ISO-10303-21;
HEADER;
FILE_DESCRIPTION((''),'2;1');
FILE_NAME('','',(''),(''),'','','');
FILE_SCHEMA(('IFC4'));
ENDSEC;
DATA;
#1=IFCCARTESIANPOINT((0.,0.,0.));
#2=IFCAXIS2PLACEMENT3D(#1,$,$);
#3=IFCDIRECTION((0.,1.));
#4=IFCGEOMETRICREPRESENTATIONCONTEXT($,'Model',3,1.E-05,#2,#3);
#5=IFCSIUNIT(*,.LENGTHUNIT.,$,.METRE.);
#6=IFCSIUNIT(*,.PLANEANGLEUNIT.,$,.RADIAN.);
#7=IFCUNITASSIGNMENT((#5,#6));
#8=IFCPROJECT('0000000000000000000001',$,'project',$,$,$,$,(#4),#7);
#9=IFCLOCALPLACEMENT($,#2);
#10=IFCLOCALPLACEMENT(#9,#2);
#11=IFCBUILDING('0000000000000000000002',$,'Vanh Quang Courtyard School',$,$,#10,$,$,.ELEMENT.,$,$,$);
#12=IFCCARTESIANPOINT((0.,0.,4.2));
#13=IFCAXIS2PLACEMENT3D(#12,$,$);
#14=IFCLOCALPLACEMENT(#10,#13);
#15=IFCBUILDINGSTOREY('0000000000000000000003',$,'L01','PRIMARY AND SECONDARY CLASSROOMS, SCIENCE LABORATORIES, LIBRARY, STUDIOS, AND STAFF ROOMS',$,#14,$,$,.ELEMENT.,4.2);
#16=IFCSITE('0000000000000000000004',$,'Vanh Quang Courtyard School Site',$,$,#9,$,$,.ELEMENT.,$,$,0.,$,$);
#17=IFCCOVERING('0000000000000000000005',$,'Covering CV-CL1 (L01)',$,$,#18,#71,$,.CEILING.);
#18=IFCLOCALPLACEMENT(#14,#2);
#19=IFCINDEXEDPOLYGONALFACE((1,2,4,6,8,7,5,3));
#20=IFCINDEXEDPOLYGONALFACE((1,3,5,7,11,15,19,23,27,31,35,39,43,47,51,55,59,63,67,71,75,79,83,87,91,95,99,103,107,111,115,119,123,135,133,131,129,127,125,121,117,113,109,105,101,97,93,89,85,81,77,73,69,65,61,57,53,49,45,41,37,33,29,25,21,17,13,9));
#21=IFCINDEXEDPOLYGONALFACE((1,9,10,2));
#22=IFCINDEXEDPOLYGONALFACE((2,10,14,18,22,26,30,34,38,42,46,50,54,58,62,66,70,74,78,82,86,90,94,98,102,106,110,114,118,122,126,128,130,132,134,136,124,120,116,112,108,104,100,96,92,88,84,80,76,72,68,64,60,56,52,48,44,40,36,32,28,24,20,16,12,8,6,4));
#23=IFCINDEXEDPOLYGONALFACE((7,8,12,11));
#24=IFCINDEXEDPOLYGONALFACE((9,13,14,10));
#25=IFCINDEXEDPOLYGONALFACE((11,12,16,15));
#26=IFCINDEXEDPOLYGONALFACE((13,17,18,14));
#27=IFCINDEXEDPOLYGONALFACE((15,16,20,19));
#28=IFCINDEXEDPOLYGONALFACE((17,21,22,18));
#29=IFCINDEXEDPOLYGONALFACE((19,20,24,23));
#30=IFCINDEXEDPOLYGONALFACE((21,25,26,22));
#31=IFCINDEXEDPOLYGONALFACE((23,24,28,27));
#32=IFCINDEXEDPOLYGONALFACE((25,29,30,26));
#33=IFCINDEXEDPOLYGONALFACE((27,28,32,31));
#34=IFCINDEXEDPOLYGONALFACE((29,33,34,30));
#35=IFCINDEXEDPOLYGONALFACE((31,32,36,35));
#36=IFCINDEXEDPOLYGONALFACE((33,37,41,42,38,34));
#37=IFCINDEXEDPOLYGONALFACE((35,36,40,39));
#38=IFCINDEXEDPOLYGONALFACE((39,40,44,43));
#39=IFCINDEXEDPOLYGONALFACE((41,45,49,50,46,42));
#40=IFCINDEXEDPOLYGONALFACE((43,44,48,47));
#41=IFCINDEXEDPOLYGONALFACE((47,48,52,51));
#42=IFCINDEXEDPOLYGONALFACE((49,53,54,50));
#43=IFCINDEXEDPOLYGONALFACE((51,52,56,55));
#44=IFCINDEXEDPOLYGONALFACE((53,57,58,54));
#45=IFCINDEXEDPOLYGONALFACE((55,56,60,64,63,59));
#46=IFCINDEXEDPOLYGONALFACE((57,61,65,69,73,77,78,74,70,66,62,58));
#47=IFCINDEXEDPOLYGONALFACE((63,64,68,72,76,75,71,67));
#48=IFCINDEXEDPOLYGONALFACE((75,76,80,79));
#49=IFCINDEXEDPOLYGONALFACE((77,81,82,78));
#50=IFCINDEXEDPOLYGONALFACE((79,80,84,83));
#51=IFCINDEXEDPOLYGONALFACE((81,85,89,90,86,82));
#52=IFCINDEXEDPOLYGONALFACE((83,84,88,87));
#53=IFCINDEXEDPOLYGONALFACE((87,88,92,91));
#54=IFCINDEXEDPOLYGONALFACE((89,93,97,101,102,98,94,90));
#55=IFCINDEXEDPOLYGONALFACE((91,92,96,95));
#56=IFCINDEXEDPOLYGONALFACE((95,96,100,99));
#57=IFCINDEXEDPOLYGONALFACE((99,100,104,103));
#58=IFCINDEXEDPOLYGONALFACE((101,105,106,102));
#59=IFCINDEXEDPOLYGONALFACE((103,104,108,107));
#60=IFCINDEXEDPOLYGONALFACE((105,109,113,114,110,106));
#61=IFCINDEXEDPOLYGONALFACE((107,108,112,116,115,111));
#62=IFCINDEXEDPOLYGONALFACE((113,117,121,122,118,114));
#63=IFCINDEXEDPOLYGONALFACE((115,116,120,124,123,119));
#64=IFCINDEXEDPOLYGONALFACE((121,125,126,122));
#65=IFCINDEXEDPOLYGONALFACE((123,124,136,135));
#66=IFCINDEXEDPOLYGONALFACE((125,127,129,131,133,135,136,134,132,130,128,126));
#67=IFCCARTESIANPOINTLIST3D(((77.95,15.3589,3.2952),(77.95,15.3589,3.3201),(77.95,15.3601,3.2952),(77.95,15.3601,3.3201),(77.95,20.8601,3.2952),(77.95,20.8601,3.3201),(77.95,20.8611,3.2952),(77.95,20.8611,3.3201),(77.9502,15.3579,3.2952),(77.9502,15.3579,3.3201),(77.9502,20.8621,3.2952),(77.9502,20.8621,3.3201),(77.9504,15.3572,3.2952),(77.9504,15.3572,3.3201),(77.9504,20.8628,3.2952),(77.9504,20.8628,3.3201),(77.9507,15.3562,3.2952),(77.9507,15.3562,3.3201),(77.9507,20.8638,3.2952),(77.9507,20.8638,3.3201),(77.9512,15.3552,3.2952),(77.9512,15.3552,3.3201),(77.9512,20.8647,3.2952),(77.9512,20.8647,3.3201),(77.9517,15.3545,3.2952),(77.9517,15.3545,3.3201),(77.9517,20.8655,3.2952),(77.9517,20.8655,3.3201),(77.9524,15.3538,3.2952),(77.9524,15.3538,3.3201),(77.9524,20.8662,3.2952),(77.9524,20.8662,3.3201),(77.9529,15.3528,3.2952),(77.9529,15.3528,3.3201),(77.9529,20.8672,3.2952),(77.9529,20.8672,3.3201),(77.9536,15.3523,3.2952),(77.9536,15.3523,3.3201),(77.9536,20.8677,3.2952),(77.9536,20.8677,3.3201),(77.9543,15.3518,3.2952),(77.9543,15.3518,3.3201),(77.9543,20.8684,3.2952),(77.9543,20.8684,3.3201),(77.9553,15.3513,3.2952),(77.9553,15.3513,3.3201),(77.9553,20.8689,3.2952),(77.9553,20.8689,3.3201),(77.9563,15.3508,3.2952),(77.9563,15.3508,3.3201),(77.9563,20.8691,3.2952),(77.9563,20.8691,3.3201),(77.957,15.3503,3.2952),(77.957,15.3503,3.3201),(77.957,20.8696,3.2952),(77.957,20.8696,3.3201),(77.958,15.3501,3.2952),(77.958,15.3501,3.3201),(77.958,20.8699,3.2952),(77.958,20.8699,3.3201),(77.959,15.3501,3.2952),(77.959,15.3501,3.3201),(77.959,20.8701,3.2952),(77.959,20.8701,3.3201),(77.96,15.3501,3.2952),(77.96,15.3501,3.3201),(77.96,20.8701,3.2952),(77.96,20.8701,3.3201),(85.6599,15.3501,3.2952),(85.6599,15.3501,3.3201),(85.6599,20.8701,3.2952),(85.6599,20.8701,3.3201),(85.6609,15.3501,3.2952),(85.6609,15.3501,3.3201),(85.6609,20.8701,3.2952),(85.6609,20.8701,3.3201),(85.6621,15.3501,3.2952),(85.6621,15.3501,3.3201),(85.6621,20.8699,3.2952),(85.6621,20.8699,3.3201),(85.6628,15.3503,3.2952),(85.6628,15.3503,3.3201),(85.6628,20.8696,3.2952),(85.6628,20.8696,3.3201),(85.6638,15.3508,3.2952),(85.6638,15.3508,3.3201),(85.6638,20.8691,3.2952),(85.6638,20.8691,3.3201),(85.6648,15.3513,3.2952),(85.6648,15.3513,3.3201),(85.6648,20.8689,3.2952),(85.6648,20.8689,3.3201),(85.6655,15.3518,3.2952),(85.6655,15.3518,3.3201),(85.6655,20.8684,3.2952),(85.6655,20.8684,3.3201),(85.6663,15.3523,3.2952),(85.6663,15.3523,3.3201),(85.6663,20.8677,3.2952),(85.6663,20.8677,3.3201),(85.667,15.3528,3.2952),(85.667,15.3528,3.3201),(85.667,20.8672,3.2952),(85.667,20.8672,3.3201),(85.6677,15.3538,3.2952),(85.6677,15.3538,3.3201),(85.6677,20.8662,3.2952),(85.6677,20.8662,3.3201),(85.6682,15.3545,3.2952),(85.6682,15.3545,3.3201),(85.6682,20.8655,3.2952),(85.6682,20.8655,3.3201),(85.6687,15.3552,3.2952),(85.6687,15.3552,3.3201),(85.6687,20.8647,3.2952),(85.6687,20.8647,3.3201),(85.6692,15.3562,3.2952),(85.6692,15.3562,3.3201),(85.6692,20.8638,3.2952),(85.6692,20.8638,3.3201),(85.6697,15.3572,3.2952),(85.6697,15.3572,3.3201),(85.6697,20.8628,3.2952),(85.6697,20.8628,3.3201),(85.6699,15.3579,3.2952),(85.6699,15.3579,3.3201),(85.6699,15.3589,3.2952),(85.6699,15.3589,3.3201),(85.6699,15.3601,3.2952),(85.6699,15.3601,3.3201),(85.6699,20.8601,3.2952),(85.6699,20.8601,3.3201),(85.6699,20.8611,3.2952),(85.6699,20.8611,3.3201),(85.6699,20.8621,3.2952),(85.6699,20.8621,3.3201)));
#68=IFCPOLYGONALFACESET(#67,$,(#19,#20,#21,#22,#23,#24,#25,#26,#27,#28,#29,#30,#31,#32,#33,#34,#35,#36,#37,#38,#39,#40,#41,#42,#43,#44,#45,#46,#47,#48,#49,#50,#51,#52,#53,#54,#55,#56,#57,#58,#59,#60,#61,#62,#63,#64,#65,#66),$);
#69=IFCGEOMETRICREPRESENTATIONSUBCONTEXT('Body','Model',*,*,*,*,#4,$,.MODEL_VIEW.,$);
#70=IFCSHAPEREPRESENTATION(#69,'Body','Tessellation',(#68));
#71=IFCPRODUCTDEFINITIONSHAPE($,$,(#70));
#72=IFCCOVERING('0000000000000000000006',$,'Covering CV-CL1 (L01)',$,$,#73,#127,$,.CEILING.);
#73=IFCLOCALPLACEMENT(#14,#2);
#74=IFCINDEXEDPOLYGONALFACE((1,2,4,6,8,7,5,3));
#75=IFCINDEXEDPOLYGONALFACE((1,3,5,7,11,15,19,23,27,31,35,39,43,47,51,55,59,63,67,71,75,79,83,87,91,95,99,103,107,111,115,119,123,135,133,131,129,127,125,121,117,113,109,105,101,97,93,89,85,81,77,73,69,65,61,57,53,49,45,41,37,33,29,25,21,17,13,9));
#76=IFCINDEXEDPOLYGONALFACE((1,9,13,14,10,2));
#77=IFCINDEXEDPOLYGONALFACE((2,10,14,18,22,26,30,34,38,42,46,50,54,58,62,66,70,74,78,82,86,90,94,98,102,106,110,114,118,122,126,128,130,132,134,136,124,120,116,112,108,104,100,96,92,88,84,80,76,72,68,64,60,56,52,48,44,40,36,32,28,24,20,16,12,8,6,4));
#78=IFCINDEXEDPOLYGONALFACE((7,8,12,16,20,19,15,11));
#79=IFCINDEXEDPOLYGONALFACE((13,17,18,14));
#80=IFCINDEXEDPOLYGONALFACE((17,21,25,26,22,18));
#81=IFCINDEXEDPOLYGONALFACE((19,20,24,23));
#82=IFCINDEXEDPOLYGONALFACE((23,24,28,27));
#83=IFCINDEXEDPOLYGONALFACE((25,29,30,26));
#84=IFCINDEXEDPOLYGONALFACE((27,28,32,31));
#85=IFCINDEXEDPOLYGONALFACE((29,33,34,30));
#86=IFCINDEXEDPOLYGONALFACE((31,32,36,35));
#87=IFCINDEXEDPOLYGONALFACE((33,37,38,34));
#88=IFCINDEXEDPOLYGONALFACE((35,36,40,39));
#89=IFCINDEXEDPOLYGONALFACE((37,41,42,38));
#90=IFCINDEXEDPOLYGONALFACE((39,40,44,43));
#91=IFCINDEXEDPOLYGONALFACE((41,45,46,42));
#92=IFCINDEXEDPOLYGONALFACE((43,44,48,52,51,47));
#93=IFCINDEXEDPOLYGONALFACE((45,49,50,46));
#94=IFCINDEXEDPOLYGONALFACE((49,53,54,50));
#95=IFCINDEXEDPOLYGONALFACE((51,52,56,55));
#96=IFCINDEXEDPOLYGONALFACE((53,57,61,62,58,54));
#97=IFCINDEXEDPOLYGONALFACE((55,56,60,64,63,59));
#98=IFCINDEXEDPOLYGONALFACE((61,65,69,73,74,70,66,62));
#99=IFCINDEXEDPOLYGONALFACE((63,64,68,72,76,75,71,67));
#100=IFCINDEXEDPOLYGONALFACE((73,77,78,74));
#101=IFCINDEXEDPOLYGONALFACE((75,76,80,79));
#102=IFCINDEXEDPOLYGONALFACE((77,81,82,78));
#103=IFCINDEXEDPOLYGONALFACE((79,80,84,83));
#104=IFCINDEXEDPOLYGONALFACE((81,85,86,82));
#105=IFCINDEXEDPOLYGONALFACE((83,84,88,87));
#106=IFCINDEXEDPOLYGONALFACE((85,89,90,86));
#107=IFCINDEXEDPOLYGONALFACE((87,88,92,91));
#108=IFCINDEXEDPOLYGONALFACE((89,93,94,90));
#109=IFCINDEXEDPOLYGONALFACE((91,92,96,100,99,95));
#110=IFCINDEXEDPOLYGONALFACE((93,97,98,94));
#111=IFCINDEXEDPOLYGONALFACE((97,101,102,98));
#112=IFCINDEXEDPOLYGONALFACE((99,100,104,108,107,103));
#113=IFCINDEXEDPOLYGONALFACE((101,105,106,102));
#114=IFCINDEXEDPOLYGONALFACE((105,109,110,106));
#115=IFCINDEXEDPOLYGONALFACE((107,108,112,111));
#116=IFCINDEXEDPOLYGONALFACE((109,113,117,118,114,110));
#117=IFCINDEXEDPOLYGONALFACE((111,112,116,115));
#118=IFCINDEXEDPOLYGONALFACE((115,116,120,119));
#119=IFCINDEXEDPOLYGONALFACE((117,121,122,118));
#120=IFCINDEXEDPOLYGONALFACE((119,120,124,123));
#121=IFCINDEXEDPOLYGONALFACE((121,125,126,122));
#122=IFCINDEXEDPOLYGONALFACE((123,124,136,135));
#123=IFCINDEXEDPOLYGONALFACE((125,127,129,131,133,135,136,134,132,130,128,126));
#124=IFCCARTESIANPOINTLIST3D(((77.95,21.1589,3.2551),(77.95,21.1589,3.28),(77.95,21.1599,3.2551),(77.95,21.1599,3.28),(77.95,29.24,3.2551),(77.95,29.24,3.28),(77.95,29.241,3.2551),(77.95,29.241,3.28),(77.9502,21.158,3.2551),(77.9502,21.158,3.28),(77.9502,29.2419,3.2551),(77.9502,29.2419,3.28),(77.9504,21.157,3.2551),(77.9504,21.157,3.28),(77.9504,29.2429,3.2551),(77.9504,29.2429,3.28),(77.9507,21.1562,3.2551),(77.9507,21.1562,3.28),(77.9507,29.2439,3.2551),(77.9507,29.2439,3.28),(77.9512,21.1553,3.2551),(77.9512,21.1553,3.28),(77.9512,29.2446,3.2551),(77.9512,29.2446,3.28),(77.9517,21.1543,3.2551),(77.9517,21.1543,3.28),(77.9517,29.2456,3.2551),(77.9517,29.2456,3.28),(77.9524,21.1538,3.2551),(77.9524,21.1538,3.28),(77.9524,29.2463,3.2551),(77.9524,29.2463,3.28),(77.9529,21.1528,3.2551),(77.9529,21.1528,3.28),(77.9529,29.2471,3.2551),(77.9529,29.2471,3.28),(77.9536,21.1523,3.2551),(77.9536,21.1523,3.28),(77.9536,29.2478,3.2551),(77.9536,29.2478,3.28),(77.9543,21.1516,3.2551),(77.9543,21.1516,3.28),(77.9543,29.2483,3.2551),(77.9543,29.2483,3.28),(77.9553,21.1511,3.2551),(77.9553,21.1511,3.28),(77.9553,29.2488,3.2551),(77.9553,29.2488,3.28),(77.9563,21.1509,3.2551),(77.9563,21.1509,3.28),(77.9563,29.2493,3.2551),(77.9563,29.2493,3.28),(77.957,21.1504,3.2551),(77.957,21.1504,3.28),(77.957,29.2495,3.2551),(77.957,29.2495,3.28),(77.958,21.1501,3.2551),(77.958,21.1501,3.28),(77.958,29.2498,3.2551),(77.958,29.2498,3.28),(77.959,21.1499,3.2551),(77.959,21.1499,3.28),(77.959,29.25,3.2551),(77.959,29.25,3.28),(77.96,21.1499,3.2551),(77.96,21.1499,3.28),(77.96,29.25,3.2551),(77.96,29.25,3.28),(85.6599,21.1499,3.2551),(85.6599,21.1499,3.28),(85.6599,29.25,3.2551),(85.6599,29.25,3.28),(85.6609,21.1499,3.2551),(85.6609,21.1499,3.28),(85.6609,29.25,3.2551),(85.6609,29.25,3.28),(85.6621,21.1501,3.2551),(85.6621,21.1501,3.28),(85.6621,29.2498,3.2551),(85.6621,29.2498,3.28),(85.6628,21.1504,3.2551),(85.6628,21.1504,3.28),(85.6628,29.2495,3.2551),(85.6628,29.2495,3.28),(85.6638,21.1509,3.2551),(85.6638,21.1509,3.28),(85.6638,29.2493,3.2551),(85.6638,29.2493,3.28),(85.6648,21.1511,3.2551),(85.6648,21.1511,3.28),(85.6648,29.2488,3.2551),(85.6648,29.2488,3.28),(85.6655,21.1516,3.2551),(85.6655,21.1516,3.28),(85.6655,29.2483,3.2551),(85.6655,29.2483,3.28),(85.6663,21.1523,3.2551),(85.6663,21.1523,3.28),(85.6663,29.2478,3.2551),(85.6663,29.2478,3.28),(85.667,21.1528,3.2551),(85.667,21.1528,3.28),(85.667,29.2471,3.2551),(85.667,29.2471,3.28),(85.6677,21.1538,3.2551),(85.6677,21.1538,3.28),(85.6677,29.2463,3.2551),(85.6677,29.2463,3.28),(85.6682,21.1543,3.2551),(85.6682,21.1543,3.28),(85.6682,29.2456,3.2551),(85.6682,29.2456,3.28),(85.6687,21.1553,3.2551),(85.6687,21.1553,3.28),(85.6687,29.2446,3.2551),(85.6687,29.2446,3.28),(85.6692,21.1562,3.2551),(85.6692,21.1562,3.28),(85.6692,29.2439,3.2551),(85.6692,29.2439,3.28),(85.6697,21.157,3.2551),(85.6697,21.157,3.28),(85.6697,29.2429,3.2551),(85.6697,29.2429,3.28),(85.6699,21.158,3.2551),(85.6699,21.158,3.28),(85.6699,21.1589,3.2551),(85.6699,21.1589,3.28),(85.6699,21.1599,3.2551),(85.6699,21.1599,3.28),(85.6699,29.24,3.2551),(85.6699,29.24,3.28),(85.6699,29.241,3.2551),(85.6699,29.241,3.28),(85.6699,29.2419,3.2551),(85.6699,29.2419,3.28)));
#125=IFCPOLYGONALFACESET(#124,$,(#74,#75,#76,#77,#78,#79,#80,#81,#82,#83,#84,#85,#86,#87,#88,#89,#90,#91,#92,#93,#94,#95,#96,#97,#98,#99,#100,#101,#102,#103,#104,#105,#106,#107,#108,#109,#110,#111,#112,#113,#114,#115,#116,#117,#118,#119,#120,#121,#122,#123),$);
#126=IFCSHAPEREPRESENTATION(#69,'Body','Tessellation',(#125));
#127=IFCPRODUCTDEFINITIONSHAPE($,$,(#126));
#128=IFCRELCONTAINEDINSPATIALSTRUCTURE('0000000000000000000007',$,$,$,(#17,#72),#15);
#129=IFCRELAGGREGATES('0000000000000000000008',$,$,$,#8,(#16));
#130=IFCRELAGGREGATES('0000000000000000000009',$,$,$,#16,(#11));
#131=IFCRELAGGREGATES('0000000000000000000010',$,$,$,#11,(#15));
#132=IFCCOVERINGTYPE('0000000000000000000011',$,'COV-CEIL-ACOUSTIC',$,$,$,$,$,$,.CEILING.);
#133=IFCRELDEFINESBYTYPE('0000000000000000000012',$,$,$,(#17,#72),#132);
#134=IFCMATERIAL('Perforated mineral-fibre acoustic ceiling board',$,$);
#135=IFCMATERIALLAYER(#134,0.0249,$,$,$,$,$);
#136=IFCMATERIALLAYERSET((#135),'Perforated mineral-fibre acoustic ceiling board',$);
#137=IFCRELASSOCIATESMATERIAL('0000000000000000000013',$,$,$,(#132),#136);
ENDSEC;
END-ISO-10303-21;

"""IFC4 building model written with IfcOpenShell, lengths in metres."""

from ifc_helpers import new_model, si_unit, direction, frame, origin, place, context, subcontext, project, spatial, polyline, outline, extrude, material, layer, layer_set, type_object, element, save


model = new_model("IFC4")

# Units and contexts
model_context = context("Model", 3, precision=1e-05, world=origin(), true_north=direction((0.0, 1.0)))
body_context = subcontext(model_context, "Body", "Model", "MODEL_VIEW")
ifc_project = project(units=[si_unit("LENGTHUNIT", "METRE"), si_unit("PLANEANGLEUNIT", "RADIAN")], contexts=[model_context])

# Site, building, storey
site_placement = place(None, origin())
site = spatial("IfcSite", under=ifc_project, at=site_placement, Name="Vanh Quang Courtyard School Site", CompositionType="ELEMENT", RefElevation=0.0)
building_placement = place(site_placement, origin())
building = spatial("IfcBuilding", under=site, at=building_placement, Name="Vanh Quang Courtyard School", CompositionType="ELEMENT")
storey_placement = place(building_placement, frame((0.0, 0.0, 4.2)))
storey = spatial("IfcBuildingStorey", under=building, at=storey_placement, Name="L01", Description="PRIMARY AND SECONDARY CLASSROOMS, SCIENCE LABORATORIES, LIBRARY, STUDIOS, AND STAFF ROOMS", CompositionType="ELEMENT", Elevation=4.2)

# Coverings
ifc_material_1 = material(Name="Perforated mineral-fibre acoustic ceiling board")
ifc_layer_1 = layer(ifc_material_1, 0.0249)
ifc_layer_set_1 = layer_set([ifc_layer_1], Name="Perforated mineral-fibre acoustic ceiling board")
covering_type_1 = type_object("IfcCoveringType", Name="COV-CEIL-ACOUSTIC", PredefinedType="CEILING", material=ifc_layer_set_1)
covering_1_placement = place(storey_placement, frame((0.0, 0.0, 3.2952)))
element("IfcCovering", 1, at=covering_1_placement, inside=storey, type_object=covering_type_1, Name="Covering CV-CL1 (L01)", PredefinedType="CEILING", context=body_context, shape_type="SweptSolid", body=[
    extrude(outline(polyline([(77.96, 15.3501), (77.959, 15.3501), (77.958, 15.3501), (77.957, 15.3503), (77.9563, 15.3508), (77.9553, 15.3513), (77.9543, 15.3518), (77.9536, 15.3523), (77.9529, 15.3528), (77.9524, 15.3538), (77.9517, 15.3545), (77.9512, 15.3552), (77.9507, 15.3562), (77.9504, 15.3572), (77.9502, 15.3579), (77.95, 15.3589), (77.95, 15.3601), (77.95, 20.8601), (77.95, 20.8611), (77.9502, 20.8621), (77.9504, 20.8628), (77.9507, 20.8638), (77.9512, 20.8647), (77.9517, 20.8655), (77.9524, 20.8662), (77.9529, 20.8672), (77.9536, 20.8677), (77.9543, 20.8684), (77.9553, 20.8689), (77.9563, 20.8691), (77.957, 20.8696), (77.958, 20.8699), (77.959, 20.8701), (77.96, 20.8701), (85.6599, 20.8701), (85.6609, 20.8701), (85.6621, 20.8699), (85.6628, 20.8696), (85.6638, 20.8691), (85.6648, 20.8689), (85.6655, 20.8684), (85.6663, 20.8677), (85.667, 20.8672), (85.6677, 20.8662), (85.6682, 20.8655), (85.6687, 20.8647), (85.6692, 20.8638), (85.6697, 20.8628), (85.6699, 20.8621), (85.6699, 20.8611), (85.6699, 20.8601), (85.6699, 15.3601), (85.6699, 15.3589), (85.6699, 15.3579), (85.6697, 15.3572), (85.6692, 15.3562), (85.6687, 15.3552), (85.6682, 15.3545), (85.6677, 15.3538), (85.667, 15.3528), (85.6663, 15.3523), (85.6655, 15.3518), (85.6648, 15.3513), (85.6638, 15.3508), (85.6628, 15.3503), (85.6621, 15.3501), (85.6609, 15.3501), (85.6599, 15.3501), (77.96, 15.3501)])), origin(), (0.0, 0.0, 1.0), 0.0249),
])
covering_2_placement = place(storey_placement, frame((0.0, 0.0, 3.2551)))
element("IfcCovering", 2, at=covering_2_placement, inside=storey, type_object=covering_type_1, Name="Covering CV-CL1 (L01)", PredefinedType="CEILING", context=body_context, shape_type="SweptSolid", body=[
    extrude(outline(polyline([(77.96, 21.1499), (77.959, 21.1499), (77.958, 21.1501), (77.957, 21.1504), (77.9563, 21.1509), (77.9553, 21.1511), (77.9543, 21.1516), (77.9536, 21.1523), (77.9529, 21.1528), (77.9524, 21.1538), (77.9517, 21.1543), (77.9512, 21.1553), (77.9507, 21.1562), (77.9504, 21.157), (77.9502, 21.158), (77.95, 21.1589), (77.95, 21.1599), (77.95, 29.24), (77.95, 29.241), (77.9502, 29.2419), (77.9504, 29.2429), (77.9507, 29.2439), (77.9512, 29.2446), (77.9517, 29.2456), (77.9524, 29.2463), (77.9529, 29.2471), (77.9536, 29.2478), (77.9543, 29.2483), (77.9553, 29.2488), (77.9563, 29.2493), (77.957, 29.2495), (77.958, 29.2498), (77.959, 29.25), (77.96, 29.25), (85.6599, 29.25), (85.6609, 29.25), (85.6621, 29.2498), (85.6628, 29.2495), (85.6638, 29.2493), (85.6648, 29.2488), (85.6655, 29.2483), (85.6663, 29.2478), (85.667, 29.2471), (85.6677, 29.2463), (85.6682, 29.2456), (85.6687, 29.2446), (85.6692, 29.2439), (85.6697, 29.2429), (85.6699, 29.2419), (85.6699, 29.241), (85.6699, 29.24), (85.6699, 21.1599), (85.6699, 21.1589), (85.6699, 21.158), (85.6697, 21.157), (85.6692, 21.1562), (85.6687, 21.1553), (85.6682, 21.1543), (85.6677, 21.1538), (85.667, 21.1528), (85.6663, 21.1523), (85.6655, 21.1516), (85.6648, 21.1511), (85.6638, 21.1509), (85.6628, 21.1504), (85.6621, 21.1501), (85.6609, 21.1499), (85.6599, 21.1499), (77.96, 21.1499)])), origin(), (0.0, 0.0, 1.0), 0.0249),
])

save(model, "model.ifc")
